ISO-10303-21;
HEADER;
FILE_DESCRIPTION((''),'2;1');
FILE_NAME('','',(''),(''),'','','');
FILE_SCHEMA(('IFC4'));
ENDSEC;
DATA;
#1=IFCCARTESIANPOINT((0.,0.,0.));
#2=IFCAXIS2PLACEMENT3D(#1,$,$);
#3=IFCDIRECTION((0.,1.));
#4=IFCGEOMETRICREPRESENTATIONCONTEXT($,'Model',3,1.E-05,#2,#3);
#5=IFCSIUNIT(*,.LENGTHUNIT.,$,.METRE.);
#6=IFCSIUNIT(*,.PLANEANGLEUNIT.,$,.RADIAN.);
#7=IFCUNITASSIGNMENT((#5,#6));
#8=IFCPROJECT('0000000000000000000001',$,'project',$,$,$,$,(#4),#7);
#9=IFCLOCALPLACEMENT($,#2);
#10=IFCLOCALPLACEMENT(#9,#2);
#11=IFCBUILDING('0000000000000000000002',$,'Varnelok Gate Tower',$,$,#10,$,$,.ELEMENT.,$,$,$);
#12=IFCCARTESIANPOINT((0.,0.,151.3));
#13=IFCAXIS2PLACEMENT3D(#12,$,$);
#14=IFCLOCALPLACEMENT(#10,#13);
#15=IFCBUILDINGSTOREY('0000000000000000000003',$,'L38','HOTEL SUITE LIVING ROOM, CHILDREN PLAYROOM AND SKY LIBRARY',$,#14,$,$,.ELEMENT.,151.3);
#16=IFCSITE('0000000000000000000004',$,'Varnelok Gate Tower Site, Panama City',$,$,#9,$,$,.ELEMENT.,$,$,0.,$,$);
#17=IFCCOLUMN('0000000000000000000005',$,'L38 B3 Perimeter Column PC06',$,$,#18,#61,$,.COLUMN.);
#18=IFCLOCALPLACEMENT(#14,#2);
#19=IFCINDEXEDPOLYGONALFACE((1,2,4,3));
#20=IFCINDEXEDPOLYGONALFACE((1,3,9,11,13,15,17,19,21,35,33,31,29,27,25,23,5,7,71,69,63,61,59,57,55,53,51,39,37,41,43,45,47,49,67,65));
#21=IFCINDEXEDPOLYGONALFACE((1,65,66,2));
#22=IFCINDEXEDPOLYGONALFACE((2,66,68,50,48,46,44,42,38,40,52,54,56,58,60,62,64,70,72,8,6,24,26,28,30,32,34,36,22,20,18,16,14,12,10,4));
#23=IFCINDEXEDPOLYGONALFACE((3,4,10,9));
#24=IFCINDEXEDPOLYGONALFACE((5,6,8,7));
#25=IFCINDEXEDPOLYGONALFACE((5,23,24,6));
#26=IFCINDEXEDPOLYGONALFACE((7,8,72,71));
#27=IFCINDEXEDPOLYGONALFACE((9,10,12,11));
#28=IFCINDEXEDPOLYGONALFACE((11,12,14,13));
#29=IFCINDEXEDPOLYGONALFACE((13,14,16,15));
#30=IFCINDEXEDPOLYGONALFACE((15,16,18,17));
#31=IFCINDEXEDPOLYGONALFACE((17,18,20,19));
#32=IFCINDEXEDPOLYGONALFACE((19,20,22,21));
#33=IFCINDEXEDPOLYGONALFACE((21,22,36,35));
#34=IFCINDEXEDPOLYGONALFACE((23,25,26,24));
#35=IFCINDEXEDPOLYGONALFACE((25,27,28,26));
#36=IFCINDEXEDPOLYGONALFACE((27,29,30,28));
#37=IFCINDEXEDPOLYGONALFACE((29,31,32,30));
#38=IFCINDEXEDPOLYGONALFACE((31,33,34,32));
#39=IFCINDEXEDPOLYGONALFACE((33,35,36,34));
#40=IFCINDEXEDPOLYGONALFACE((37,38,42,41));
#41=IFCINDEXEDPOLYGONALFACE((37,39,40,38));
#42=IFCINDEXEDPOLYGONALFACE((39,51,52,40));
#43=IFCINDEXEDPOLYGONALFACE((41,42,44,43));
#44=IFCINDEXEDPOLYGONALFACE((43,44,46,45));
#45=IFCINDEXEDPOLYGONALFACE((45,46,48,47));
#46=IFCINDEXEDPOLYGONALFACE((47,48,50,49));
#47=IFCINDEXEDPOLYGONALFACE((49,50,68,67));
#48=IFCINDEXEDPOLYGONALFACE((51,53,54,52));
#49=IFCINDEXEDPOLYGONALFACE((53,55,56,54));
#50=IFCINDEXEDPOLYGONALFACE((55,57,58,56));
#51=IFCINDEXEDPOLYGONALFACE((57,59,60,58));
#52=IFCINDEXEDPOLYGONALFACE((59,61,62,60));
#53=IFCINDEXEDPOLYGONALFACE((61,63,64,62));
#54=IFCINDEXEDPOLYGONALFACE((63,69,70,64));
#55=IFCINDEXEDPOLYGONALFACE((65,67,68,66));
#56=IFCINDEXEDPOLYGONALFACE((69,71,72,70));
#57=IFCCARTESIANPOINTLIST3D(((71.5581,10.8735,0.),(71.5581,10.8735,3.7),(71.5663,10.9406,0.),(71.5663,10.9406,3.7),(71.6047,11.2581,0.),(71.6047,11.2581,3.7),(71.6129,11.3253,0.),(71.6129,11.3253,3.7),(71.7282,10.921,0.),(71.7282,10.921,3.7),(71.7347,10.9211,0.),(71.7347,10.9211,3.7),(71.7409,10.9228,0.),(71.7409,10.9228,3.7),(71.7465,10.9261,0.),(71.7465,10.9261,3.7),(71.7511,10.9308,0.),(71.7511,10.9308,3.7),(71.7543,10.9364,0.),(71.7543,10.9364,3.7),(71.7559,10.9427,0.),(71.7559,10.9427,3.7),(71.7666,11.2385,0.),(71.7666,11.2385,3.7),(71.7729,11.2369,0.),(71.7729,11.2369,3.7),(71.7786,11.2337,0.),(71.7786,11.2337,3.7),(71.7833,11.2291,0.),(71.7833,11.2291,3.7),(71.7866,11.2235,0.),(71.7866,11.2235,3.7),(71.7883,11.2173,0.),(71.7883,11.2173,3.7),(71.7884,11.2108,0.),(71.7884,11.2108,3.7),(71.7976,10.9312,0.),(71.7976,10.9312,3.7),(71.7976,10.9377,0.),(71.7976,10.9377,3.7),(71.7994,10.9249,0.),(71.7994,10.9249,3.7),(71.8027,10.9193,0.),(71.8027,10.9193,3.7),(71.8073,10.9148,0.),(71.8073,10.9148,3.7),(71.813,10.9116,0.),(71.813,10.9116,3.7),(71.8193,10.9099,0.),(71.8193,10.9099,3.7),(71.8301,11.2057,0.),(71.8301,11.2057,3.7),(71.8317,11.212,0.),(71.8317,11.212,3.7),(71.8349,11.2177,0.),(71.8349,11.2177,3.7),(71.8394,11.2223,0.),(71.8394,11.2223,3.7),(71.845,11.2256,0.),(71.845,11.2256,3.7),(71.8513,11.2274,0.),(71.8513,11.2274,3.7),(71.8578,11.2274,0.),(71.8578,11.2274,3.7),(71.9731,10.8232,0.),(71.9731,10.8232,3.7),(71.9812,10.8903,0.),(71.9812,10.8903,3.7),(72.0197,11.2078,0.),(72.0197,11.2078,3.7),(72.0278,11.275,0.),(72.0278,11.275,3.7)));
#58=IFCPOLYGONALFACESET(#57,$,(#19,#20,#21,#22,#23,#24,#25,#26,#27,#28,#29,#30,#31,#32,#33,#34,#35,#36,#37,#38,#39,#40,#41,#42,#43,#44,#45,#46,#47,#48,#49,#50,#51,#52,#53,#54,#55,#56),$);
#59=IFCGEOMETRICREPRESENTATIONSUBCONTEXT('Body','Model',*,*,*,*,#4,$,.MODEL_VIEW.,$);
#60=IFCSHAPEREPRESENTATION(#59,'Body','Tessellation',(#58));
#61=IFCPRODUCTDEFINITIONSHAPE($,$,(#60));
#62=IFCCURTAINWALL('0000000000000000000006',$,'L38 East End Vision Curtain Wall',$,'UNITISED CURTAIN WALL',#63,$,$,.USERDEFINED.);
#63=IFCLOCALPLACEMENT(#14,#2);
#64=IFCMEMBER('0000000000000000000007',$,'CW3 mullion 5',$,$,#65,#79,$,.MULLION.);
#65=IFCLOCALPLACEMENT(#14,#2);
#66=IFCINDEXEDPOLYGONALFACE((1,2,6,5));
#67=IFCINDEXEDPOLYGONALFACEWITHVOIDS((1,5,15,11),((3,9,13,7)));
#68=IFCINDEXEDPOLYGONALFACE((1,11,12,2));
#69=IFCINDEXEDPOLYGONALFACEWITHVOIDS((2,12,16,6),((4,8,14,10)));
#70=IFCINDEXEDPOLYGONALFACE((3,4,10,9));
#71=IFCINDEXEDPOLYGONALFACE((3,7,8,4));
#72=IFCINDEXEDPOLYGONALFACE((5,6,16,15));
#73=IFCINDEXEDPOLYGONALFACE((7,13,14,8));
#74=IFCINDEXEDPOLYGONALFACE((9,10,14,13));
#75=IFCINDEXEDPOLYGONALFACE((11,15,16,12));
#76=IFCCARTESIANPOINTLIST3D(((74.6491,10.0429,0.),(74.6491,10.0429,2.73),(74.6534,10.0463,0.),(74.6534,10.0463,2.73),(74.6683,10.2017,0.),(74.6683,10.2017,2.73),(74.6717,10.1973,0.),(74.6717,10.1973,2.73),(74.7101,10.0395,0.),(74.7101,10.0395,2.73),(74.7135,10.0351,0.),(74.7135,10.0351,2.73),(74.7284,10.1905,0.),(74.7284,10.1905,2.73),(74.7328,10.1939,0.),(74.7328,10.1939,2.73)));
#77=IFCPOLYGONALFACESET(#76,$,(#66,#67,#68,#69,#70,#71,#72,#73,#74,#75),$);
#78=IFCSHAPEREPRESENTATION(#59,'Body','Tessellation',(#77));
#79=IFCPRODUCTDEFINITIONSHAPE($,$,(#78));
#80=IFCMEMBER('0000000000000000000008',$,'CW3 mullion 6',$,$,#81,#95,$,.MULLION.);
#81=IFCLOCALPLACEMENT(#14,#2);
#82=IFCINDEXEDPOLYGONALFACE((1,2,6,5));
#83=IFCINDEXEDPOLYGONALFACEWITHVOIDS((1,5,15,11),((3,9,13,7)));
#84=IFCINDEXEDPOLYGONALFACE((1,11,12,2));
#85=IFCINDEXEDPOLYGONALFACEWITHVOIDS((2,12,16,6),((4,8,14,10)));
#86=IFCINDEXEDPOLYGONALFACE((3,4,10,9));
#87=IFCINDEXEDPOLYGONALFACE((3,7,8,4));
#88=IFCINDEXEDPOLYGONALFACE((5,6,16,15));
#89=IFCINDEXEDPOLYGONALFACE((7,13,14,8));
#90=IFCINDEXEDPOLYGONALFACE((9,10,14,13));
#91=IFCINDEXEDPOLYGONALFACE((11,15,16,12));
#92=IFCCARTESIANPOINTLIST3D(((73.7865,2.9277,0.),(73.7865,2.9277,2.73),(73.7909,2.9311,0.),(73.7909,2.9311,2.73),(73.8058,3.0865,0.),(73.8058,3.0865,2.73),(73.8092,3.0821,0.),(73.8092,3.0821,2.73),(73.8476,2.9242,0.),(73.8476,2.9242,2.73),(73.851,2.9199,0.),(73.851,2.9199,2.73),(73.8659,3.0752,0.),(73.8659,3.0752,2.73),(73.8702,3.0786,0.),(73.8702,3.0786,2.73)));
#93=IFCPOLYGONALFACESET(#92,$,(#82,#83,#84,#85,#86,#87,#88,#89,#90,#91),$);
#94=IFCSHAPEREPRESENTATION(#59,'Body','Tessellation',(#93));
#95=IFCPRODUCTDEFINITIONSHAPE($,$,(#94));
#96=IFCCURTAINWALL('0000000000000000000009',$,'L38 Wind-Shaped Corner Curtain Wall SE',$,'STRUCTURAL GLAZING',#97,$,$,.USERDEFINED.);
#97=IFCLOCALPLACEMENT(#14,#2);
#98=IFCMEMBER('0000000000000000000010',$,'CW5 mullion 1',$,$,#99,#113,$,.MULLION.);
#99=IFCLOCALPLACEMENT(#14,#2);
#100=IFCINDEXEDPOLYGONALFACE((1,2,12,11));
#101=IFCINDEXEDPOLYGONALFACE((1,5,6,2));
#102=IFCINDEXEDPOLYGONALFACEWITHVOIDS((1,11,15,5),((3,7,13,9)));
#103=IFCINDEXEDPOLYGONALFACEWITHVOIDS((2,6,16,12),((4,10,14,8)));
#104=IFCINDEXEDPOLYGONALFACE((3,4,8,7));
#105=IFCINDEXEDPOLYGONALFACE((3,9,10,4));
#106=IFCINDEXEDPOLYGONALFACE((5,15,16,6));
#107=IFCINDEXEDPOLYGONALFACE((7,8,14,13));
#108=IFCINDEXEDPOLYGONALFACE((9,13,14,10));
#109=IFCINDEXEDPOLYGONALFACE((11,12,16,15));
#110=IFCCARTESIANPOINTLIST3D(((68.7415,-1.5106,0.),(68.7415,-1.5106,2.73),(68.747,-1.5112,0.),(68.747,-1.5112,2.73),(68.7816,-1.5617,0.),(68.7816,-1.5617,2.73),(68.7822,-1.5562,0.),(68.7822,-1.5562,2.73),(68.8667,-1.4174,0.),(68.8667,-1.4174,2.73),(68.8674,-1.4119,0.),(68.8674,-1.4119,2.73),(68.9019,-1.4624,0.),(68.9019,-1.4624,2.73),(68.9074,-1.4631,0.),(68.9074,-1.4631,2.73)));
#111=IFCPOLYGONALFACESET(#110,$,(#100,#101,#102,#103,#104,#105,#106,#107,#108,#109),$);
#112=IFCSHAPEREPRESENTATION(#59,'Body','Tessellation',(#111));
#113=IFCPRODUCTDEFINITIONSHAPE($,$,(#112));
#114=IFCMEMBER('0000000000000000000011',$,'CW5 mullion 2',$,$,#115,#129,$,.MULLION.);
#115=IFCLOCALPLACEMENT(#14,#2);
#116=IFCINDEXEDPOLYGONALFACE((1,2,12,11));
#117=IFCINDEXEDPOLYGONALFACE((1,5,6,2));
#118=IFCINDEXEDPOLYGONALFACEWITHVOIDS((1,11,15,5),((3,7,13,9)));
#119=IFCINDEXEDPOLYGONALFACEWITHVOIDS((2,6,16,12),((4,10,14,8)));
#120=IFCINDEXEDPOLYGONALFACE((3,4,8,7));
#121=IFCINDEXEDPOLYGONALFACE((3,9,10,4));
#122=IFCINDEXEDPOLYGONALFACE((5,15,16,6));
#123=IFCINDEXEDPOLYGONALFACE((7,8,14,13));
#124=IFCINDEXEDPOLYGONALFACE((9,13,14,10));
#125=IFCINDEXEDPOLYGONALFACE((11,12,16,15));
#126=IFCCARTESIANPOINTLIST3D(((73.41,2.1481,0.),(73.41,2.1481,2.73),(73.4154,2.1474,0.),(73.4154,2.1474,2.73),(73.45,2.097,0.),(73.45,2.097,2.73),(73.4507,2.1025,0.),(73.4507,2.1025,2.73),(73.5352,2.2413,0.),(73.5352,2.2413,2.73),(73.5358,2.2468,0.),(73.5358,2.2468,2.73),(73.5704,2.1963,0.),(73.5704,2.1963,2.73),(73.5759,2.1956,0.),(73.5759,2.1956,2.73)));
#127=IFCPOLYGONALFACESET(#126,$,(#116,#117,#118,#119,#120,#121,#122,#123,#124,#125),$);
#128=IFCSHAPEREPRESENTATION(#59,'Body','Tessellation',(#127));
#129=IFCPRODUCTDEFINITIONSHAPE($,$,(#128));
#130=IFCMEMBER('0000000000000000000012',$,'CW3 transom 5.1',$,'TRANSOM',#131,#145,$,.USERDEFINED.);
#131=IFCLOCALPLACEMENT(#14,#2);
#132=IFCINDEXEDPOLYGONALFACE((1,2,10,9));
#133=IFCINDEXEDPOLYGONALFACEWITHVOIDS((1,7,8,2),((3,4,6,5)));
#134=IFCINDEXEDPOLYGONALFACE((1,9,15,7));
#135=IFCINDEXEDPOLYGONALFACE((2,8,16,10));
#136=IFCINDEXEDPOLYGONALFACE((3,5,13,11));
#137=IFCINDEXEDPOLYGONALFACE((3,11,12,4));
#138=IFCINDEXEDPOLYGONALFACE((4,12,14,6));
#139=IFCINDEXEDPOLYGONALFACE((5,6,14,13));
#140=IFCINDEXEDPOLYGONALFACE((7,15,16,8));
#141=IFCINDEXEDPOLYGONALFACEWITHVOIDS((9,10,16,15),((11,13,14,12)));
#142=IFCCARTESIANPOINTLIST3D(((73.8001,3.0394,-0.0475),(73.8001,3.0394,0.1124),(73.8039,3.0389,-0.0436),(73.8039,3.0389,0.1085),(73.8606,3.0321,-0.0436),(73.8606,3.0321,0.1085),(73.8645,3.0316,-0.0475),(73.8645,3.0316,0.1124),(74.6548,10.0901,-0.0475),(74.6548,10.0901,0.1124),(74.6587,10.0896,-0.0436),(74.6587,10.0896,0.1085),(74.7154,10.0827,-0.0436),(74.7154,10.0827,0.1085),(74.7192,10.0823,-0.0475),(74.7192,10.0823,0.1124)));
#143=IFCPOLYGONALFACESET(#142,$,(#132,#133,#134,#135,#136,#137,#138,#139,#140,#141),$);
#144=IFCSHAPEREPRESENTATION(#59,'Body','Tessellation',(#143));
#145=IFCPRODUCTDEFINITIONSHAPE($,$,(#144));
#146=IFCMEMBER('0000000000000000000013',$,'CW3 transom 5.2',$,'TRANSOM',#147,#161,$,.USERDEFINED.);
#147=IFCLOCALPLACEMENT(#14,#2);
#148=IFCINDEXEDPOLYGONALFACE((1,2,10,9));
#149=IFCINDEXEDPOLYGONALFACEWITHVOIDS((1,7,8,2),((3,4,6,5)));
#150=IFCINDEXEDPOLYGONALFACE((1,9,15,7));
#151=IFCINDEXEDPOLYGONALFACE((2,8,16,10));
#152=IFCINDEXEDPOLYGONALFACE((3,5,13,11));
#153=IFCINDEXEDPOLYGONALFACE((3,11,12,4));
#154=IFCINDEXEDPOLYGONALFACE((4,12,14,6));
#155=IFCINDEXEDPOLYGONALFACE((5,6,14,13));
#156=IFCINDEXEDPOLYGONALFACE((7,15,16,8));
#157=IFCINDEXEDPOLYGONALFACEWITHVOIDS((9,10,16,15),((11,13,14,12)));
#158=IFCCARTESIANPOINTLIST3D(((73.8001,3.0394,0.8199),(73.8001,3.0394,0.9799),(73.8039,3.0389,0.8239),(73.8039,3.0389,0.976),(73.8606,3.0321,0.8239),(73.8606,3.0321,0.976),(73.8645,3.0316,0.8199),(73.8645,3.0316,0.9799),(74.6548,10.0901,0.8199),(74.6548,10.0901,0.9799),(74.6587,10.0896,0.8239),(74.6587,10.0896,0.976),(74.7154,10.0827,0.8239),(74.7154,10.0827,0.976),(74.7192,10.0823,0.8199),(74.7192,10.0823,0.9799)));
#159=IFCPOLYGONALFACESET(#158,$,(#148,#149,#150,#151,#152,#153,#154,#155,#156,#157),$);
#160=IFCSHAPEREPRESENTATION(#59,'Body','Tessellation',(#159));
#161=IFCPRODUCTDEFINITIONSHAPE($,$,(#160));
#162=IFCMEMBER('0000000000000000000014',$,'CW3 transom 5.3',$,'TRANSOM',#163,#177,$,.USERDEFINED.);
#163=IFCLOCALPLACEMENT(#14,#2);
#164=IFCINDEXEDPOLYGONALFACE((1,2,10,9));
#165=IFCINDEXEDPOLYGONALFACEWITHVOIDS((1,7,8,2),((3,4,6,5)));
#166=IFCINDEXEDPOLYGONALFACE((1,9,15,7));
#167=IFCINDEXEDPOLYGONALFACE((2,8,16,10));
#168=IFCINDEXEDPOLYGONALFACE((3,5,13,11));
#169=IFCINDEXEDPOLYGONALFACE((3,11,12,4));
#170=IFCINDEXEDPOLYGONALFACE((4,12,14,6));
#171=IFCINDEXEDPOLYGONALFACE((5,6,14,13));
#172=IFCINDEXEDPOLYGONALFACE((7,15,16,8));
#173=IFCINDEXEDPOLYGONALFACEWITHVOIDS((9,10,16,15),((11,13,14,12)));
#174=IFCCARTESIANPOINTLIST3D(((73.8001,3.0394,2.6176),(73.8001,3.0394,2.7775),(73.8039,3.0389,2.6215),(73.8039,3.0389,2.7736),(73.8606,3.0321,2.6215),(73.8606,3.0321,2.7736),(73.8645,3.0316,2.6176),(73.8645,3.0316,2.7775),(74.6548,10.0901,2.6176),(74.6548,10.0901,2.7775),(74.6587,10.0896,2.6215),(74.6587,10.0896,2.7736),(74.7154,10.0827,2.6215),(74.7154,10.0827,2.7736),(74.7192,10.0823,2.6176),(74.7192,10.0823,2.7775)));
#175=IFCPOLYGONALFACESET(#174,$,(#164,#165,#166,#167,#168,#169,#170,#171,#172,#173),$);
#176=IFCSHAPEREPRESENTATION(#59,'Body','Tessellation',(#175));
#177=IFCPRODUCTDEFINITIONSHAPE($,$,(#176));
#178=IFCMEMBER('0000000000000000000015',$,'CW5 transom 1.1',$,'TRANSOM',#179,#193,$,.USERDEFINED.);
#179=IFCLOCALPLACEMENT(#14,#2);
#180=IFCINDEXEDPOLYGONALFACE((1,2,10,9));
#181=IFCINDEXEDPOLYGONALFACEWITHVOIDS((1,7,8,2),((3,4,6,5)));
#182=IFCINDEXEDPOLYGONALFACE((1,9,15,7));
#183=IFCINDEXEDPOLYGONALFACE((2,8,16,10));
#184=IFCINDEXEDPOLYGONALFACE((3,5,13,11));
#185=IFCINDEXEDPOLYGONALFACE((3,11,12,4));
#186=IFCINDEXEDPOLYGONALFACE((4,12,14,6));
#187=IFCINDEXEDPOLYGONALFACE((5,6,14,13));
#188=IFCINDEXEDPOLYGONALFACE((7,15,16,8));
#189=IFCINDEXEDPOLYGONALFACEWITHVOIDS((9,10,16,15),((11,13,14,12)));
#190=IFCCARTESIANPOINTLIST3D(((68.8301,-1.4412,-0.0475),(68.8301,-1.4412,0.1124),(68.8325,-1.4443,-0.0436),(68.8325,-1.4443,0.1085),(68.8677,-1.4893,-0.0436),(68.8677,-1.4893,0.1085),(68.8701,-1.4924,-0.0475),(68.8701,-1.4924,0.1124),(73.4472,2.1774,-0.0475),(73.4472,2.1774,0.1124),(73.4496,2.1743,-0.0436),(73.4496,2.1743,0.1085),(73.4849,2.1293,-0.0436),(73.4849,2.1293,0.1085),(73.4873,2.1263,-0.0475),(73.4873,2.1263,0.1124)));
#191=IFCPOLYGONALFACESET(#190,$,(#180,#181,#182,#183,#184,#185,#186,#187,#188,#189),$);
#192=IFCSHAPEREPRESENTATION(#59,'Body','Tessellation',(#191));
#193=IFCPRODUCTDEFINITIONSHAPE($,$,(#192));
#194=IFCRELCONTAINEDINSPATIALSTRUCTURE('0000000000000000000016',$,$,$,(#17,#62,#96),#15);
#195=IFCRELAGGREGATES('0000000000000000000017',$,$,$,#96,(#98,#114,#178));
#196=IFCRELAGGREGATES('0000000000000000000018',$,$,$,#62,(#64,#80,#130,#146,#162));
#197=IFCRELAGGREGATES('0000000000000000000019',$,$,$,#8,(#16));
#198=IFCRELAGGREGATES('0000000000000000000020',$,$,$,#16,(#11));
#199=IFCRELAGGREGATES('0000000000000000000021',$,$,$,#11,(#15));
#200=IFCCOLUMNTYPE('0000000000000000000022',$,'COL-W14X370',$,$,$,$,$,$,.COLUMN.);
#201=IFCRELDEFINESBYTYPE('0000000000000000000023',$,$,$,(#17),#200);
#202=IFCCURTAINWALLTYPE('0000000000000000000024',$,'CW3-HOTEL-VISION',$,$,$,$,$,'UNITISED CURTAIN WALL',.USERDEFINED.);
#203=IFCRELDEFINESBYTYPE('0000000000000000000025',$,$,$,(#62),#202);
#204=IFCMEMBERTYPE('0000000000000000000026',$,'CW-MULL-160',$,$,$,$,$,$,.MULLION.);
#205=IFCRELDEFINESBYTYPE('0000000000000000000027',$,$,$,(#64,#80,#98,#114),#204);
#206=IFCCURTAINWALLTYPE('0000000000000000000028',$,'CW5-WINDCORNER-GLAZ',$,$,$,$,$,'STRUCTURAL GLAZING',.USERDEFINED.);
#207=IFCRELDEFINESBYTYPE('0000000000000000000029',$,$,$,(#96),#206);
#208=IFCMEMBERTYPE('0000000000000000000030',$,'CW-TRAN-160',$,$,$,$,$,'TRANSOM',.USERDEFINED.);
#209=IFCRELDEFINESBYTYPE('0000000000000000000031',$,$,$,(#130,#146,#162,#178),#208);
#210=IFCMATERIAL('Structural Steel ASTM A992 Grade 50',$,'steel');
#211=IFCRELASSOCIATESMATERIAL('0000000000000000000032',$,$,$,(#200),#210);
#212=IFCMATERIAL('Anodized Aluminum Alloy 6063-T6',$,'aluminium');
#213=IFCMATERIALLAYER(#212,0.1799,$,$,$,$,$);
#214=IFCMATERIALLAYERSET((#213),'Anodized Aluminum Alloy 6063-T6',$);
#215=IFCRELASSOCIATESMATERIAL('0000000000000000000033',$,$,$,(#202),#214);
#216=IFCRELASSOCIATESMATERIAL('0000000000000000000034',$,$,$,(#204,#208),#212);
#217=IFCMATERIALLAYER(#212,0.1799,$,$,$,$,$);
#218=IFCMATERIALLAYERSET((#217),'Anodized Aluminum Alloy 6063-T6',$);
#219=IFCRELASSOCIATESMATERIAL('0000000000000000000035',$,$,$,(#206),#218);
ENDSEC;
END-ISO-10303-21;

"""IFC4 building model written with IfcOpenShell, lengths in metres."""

from ifc_helpers import new_model, si_unit, direction, frame, origin, origin_2d, place, context, subcontext, project, spatial, hollow_rectangle, i_section, extrude, material, layer, layer_set, material_profile, profile_set, type_object, element, aggregate, save


model = new_model("IFC4")

# Units and contexts
model_context = context("Model", 3, precision=1e-05, world=origin(), true_north=direction((0.0, 1.0)))
body_context = subcontext(model_context, "Body", "Model", "MODEL_VIEW")
ifc_project = project(units=[si_unit("LENGTHUNIT", "METRE"), si_unit("PLANEANGLEUNIT", "RADIAN")], contexts=[model_context])

# Site, building, storey
site_placement = place(None, origin())
site = spatial("IfcSite", under=ifc_project, at=site_placement, Name="Varnelok Gate Tower Site, Panama City", CompositionType="ELEMENT", RefElevation=0.0)
building_placement = place(site_placement, origin())
building = spatial("IfcBuilding", under=site, at=building_placement, Name="Varnelok Gate Tower", CompositionType="ELEMENT")
storey_placement = place(building_placement, frame((0.0, 0.0, 151.3)))
storey = spatial("IfcBuildingStorey", under=building, at=storey_placement, Name="L38", Description="HOTEL SUITE LIVING ROOM, CHILDREN PLAYROOM AND SKY LIBRARY", CompositionType="ELEMENT", Elevation=151.3)

# Column
ifc_material_1 = material(Name="Structural Steel ASTM A992 Grade 50", Category="steel")
ifc_material_profile_1 = material_profile(ifc_material_1, i_section(OverallWidth=0.418, OverallDepth=0.4551, WebThickness=0.042, FlangeThickness=0.0676, FilletRadius=0.0249, at=origin_2d()), Name="W14X370")
ifc_profile_set_1 = profile_set([ifc_material_profile_1], Name="Structural Steel ASTM A992 Grade 50")
column_type = type_object("IfcColumnType", Name="COL-W14X370", PredefinedType="COLUMN", material=ifc_profile_set_1)
column_placement = place(storey_placement, frame((71.793, 11.0742, 0.0), z_axis=(0.0, 0.0, 1.0), x_axis=(0.992732, -0.120345, 0.0)))
element("IfcColumn", 1, at=column_placement, inside=storey, type_object=column_type, Name="L38 B3 Perimeter Column PC06", PredefinedType="COLUMN", context=body_context, shape_type="SweptSolid", body=[
    extrude(i_section(OverallWidth=0.418, OverallDepth=0.4551, WebThickness=0.042, FlangeThickness=0.0676, FilletRadius=0.0249, at=origin_2d()), origin(), (0.0, 0.0, 1.0), 3.7),
])

# Curtain walls, members
ifc_material_2 = material(Name="Anodized Aluminum Alloy 6063-T6", Category="aluminium")
ifc_layer_1 = layer(ifc_material_2, 0.1799)
ifc_layer_set_1 = layer_set([ifc_layer_1], Name="Anodized Aluminum Alloy 6063-T6")
curtain_wall_type_1 = type_object("IfcCurtainWallType", Name="CW3-HOTEL-VISION", ElementType="UNITISED CURTAIN WALL", PredefinedType="USERDEFINED", material=ifc_layer_set_1)
curtain_wall_1_placement = place(storey_placement, origin())
curtain_wall_1 = element("IfcCurtainWall", 2, at=curtain_wall_1_placement, inside=storey, type_object=curtain_wall_type_1, Name="L38 East End Vision Curtain Wall", ObjectType="UNITISED CURTAIN WALL", PredefinedType="USERDEFINED")
ifc_material_profile_2 = material_profile(ifc_material_2, hollow_rectangle(XDim=0.0649, YDim=0.1599, WallThickness=0.0039, at=origin_2d()), Name="ALU160X65X4")
ifc_profile_set_2 = profile_set([ifc_material_profile_2], Name="Anodized Aluminum Alloy 6063-T6")
member_type_1 = type_object("IfcMemberType", Name="CW-MULL-160", PredefinedType="MULLION", material=ifc_profile_set_2)
member_1_placement = place(storey_placement, frame((74.6909, 10.1184, 0.0), z_axis=(0.0, 0.0, 1.0), x_axis=(0.992732, -0.120347, 0.0)))
member_1 = element("IfcMember", 3, at=member_1_placement, type_object=member_type_1, Name="CW3 mullion 5", PredefinedType="MULLION", context=body_context, shape_type="SweptSolid", body=[
    extrude(hollow_rectangle(XDim=0.0649, YDim=0.1599, WallThickness=0.0039, at=origin_2d()), origin(), (0.0, 0.0, 1.0), 2.73),
])
member_2_placement = place(storey_placement, frame((73.8284, 3.0032, 0.0), z_axis=(0.0, 0.0, 1.0), x_axis=(0.992732, -0.120347, 0.0)))
member_2 = element("IfcMember", 4, at=member_2_placement, type_object=member_type_1, Name="CW3 mullion 6", PredefinedType="MULLION", context=body_context, shape_type="SweptSolid", body=[
    extrude(hollow_rectangle(XDim=0.0649, YDim=0.1599, WallThickness=0.0039, at=origin_2d()), origin(), (0.0, 0.0, 1.0), 2.73),
])
ifc_layer_2 = layer(ifc_material_2, 0.1799)
ifc_layer_set_2 = layer_set([ifc_layer_2], Name="Anodized Aluminum Alloy 6063-T6")
curtain_wall_type_2 = type_object("IfcCurtainWallType", Name="CW5-WINDCORNER-GLAZ", ElementType="STRUCTURAL GLAZING", PredefinedType="USERDEFINED", material=ifc_layer_set_2)
curtain_wall_2_placement = place(storey_placement, origin())
curtain_wall_2 = element("IfcCurtainWall", 5, at=curtain_wall_2_placement, inside=storey, type_object=curtain_wall_type_2, Name="L38 Wind-Shaped Corner Curtain Wall SE", ObjectType="STRUCTURAL GLAZING", PredefinedType="USERDEFINED")
member_3_placement = place(storey_placement, frame((68.8245, -1.4868, 0.0), z_axis=(0.0, 0.0, 1.0), x_axis=(-0.616864, 0.787069, 0.0)))
member_3 = element("IfcMember", 6, at=member_3_placement, type_object=member_type_1, Name="CW5 mullion 1", PredefinedType="MULLION", context=body_context, shape_type="SweptSolid", body=[
    extrude(hollow_rectangle(XDim=0.0649, YDim=0.1599, WallThickness=0.0039, at=origin_2d()), origin(), (0.0, 0.0, 1.0), 2.73),
])
member_4_placement = place(storey_placement, frame((73.4929, 2.1719, 0.0), z_axis=(0.0, 0.0, 1.0), x_axis=(-0.616864, 0.787069, 0.0)))
member_4 = element("IfcMember", 7, at=member_4_placement, type_object=member_type_1, Name="CW5 mullion 2", PredefinedType="MULLION", context=body_context, shape_type="SweptSolid", body=[
    extrude(hollow_rectangle(XDim=0.0649, YDim=0.1599, WallThickness=0.0039, at=origin_2d()), origin(), (0.0, 0.0, 1.0), 2.73),
])

# Members
ifc_material_profile_3 = material_profile(ifc_material_2, hollow_rectangle(XDim=0.0649, YDim=0.1599, WallThickness=0.0039, at=origin_2d()), Name="ALU160X65X4")
ifc_profile_set_3 = profile_set([ifc_material_profile_3], Name="Anodized Aluminum Alloy 6063-T6")
member_type_2 = type_object("IfcMemberType", Name="CW-TRAN-160", ElementType="TRANSOM", PredefinedType="USERDEFINED", material=ifc_profile_set_3)
member_5_placement = place(storey_placement, frame((74.687, 10.0862, 0.0325), z_axis=(-0.120345, -0.992732, 0.0), x_axis=(0.992732, -0.120345, 0.0)))
member_5 = element("IfcMember", 8, at=member_5_placement, type_object=member_type_2, Name="CW3 transom 5.1", ObjectType="TRANSOM", PredefinedType="USERDEFINED", context=body_context, shape_type="SweptSolid", body=[
    extrude(hollow_rectangle(XDim=0.0649, YDim=0.1599, WallThickness=0.0039, at=origin_2d()), origin(), (0.0, 0.0, 1.0), 7.1023),
])
member_6_placement = place(storey_placement, frame((74.687, 10.0862, 0.8999), z_axis=(-0.120345, -0.992732, 0.0), x_axis=(0.992732, -0.120345, 0.0)))
member_6 = element("IfcMember", 9, at=member_6_placement, type_object=member_type_2, Name="CW3 transom 5.2", ObjectType="TRANSOM", PredefinedType="USERDEFINED", context=body_context, shape_type="SweptSolid", body=[
    extrude(hollow_rectangle(XDim=0.0649, YDim=0.1599, WallThickness=0.0039, at=origin_2d()), origin(), (0.0, 0.0, 1.0), 7.1023),
])
member_7_placement = place(storey_placement, frame((74.687, 10.0862, 2.6975), z_axis=(-0.120345, -0.992732, 0.0), x_axis=(0.992732, -0.120345, 0.0)))
member_7 = element("IfcMember", 10, at=member_7_placement, type_object=member_type_2, Name="CW3 transom 5.3", ObjectType="TRANSOM", PredefinedType="USERDEFINED", context=body_context, shape_type="SweptSolid", body=[
    extrude(hollow_rectangle(XDim=0.0649, YDim=0.1599, WallThickness=0.0039, at=origin_2d()), origin(), (0.0, 0.0, 1.0), 7.1023),
])
member_8_placement = place(storey_placement, frame((68.8501, -1.4668, 0.0325), z_axis=(0.787074, 0.616858, 0.0), x_axis=(-0.616858, 0.787074, 0.0)))
member_8 = element("IfcMember", 11, at=member_8_placement, type_object=member_type_2, Name="CW5 transom 1.1", ObjectType="TRANSOM", PredefinedType="USERDEFINED", context=body_context, shape_type="SweptSolid", body=[
    extrude(hollow_rectangle(XDim=0.0649, YDim=0.1599, WallThickness=0.0039, at=origin_2d()), origin(), (0.0, 0.0, 1.0), 5.8662),
])

aggregate(curtain_wall_2, [member_3, member_4, member_8])
aggregate(curtain_wall_1, [member_1, member_2, member_5, member_6, member_7])

save(model, "model.ifc")
